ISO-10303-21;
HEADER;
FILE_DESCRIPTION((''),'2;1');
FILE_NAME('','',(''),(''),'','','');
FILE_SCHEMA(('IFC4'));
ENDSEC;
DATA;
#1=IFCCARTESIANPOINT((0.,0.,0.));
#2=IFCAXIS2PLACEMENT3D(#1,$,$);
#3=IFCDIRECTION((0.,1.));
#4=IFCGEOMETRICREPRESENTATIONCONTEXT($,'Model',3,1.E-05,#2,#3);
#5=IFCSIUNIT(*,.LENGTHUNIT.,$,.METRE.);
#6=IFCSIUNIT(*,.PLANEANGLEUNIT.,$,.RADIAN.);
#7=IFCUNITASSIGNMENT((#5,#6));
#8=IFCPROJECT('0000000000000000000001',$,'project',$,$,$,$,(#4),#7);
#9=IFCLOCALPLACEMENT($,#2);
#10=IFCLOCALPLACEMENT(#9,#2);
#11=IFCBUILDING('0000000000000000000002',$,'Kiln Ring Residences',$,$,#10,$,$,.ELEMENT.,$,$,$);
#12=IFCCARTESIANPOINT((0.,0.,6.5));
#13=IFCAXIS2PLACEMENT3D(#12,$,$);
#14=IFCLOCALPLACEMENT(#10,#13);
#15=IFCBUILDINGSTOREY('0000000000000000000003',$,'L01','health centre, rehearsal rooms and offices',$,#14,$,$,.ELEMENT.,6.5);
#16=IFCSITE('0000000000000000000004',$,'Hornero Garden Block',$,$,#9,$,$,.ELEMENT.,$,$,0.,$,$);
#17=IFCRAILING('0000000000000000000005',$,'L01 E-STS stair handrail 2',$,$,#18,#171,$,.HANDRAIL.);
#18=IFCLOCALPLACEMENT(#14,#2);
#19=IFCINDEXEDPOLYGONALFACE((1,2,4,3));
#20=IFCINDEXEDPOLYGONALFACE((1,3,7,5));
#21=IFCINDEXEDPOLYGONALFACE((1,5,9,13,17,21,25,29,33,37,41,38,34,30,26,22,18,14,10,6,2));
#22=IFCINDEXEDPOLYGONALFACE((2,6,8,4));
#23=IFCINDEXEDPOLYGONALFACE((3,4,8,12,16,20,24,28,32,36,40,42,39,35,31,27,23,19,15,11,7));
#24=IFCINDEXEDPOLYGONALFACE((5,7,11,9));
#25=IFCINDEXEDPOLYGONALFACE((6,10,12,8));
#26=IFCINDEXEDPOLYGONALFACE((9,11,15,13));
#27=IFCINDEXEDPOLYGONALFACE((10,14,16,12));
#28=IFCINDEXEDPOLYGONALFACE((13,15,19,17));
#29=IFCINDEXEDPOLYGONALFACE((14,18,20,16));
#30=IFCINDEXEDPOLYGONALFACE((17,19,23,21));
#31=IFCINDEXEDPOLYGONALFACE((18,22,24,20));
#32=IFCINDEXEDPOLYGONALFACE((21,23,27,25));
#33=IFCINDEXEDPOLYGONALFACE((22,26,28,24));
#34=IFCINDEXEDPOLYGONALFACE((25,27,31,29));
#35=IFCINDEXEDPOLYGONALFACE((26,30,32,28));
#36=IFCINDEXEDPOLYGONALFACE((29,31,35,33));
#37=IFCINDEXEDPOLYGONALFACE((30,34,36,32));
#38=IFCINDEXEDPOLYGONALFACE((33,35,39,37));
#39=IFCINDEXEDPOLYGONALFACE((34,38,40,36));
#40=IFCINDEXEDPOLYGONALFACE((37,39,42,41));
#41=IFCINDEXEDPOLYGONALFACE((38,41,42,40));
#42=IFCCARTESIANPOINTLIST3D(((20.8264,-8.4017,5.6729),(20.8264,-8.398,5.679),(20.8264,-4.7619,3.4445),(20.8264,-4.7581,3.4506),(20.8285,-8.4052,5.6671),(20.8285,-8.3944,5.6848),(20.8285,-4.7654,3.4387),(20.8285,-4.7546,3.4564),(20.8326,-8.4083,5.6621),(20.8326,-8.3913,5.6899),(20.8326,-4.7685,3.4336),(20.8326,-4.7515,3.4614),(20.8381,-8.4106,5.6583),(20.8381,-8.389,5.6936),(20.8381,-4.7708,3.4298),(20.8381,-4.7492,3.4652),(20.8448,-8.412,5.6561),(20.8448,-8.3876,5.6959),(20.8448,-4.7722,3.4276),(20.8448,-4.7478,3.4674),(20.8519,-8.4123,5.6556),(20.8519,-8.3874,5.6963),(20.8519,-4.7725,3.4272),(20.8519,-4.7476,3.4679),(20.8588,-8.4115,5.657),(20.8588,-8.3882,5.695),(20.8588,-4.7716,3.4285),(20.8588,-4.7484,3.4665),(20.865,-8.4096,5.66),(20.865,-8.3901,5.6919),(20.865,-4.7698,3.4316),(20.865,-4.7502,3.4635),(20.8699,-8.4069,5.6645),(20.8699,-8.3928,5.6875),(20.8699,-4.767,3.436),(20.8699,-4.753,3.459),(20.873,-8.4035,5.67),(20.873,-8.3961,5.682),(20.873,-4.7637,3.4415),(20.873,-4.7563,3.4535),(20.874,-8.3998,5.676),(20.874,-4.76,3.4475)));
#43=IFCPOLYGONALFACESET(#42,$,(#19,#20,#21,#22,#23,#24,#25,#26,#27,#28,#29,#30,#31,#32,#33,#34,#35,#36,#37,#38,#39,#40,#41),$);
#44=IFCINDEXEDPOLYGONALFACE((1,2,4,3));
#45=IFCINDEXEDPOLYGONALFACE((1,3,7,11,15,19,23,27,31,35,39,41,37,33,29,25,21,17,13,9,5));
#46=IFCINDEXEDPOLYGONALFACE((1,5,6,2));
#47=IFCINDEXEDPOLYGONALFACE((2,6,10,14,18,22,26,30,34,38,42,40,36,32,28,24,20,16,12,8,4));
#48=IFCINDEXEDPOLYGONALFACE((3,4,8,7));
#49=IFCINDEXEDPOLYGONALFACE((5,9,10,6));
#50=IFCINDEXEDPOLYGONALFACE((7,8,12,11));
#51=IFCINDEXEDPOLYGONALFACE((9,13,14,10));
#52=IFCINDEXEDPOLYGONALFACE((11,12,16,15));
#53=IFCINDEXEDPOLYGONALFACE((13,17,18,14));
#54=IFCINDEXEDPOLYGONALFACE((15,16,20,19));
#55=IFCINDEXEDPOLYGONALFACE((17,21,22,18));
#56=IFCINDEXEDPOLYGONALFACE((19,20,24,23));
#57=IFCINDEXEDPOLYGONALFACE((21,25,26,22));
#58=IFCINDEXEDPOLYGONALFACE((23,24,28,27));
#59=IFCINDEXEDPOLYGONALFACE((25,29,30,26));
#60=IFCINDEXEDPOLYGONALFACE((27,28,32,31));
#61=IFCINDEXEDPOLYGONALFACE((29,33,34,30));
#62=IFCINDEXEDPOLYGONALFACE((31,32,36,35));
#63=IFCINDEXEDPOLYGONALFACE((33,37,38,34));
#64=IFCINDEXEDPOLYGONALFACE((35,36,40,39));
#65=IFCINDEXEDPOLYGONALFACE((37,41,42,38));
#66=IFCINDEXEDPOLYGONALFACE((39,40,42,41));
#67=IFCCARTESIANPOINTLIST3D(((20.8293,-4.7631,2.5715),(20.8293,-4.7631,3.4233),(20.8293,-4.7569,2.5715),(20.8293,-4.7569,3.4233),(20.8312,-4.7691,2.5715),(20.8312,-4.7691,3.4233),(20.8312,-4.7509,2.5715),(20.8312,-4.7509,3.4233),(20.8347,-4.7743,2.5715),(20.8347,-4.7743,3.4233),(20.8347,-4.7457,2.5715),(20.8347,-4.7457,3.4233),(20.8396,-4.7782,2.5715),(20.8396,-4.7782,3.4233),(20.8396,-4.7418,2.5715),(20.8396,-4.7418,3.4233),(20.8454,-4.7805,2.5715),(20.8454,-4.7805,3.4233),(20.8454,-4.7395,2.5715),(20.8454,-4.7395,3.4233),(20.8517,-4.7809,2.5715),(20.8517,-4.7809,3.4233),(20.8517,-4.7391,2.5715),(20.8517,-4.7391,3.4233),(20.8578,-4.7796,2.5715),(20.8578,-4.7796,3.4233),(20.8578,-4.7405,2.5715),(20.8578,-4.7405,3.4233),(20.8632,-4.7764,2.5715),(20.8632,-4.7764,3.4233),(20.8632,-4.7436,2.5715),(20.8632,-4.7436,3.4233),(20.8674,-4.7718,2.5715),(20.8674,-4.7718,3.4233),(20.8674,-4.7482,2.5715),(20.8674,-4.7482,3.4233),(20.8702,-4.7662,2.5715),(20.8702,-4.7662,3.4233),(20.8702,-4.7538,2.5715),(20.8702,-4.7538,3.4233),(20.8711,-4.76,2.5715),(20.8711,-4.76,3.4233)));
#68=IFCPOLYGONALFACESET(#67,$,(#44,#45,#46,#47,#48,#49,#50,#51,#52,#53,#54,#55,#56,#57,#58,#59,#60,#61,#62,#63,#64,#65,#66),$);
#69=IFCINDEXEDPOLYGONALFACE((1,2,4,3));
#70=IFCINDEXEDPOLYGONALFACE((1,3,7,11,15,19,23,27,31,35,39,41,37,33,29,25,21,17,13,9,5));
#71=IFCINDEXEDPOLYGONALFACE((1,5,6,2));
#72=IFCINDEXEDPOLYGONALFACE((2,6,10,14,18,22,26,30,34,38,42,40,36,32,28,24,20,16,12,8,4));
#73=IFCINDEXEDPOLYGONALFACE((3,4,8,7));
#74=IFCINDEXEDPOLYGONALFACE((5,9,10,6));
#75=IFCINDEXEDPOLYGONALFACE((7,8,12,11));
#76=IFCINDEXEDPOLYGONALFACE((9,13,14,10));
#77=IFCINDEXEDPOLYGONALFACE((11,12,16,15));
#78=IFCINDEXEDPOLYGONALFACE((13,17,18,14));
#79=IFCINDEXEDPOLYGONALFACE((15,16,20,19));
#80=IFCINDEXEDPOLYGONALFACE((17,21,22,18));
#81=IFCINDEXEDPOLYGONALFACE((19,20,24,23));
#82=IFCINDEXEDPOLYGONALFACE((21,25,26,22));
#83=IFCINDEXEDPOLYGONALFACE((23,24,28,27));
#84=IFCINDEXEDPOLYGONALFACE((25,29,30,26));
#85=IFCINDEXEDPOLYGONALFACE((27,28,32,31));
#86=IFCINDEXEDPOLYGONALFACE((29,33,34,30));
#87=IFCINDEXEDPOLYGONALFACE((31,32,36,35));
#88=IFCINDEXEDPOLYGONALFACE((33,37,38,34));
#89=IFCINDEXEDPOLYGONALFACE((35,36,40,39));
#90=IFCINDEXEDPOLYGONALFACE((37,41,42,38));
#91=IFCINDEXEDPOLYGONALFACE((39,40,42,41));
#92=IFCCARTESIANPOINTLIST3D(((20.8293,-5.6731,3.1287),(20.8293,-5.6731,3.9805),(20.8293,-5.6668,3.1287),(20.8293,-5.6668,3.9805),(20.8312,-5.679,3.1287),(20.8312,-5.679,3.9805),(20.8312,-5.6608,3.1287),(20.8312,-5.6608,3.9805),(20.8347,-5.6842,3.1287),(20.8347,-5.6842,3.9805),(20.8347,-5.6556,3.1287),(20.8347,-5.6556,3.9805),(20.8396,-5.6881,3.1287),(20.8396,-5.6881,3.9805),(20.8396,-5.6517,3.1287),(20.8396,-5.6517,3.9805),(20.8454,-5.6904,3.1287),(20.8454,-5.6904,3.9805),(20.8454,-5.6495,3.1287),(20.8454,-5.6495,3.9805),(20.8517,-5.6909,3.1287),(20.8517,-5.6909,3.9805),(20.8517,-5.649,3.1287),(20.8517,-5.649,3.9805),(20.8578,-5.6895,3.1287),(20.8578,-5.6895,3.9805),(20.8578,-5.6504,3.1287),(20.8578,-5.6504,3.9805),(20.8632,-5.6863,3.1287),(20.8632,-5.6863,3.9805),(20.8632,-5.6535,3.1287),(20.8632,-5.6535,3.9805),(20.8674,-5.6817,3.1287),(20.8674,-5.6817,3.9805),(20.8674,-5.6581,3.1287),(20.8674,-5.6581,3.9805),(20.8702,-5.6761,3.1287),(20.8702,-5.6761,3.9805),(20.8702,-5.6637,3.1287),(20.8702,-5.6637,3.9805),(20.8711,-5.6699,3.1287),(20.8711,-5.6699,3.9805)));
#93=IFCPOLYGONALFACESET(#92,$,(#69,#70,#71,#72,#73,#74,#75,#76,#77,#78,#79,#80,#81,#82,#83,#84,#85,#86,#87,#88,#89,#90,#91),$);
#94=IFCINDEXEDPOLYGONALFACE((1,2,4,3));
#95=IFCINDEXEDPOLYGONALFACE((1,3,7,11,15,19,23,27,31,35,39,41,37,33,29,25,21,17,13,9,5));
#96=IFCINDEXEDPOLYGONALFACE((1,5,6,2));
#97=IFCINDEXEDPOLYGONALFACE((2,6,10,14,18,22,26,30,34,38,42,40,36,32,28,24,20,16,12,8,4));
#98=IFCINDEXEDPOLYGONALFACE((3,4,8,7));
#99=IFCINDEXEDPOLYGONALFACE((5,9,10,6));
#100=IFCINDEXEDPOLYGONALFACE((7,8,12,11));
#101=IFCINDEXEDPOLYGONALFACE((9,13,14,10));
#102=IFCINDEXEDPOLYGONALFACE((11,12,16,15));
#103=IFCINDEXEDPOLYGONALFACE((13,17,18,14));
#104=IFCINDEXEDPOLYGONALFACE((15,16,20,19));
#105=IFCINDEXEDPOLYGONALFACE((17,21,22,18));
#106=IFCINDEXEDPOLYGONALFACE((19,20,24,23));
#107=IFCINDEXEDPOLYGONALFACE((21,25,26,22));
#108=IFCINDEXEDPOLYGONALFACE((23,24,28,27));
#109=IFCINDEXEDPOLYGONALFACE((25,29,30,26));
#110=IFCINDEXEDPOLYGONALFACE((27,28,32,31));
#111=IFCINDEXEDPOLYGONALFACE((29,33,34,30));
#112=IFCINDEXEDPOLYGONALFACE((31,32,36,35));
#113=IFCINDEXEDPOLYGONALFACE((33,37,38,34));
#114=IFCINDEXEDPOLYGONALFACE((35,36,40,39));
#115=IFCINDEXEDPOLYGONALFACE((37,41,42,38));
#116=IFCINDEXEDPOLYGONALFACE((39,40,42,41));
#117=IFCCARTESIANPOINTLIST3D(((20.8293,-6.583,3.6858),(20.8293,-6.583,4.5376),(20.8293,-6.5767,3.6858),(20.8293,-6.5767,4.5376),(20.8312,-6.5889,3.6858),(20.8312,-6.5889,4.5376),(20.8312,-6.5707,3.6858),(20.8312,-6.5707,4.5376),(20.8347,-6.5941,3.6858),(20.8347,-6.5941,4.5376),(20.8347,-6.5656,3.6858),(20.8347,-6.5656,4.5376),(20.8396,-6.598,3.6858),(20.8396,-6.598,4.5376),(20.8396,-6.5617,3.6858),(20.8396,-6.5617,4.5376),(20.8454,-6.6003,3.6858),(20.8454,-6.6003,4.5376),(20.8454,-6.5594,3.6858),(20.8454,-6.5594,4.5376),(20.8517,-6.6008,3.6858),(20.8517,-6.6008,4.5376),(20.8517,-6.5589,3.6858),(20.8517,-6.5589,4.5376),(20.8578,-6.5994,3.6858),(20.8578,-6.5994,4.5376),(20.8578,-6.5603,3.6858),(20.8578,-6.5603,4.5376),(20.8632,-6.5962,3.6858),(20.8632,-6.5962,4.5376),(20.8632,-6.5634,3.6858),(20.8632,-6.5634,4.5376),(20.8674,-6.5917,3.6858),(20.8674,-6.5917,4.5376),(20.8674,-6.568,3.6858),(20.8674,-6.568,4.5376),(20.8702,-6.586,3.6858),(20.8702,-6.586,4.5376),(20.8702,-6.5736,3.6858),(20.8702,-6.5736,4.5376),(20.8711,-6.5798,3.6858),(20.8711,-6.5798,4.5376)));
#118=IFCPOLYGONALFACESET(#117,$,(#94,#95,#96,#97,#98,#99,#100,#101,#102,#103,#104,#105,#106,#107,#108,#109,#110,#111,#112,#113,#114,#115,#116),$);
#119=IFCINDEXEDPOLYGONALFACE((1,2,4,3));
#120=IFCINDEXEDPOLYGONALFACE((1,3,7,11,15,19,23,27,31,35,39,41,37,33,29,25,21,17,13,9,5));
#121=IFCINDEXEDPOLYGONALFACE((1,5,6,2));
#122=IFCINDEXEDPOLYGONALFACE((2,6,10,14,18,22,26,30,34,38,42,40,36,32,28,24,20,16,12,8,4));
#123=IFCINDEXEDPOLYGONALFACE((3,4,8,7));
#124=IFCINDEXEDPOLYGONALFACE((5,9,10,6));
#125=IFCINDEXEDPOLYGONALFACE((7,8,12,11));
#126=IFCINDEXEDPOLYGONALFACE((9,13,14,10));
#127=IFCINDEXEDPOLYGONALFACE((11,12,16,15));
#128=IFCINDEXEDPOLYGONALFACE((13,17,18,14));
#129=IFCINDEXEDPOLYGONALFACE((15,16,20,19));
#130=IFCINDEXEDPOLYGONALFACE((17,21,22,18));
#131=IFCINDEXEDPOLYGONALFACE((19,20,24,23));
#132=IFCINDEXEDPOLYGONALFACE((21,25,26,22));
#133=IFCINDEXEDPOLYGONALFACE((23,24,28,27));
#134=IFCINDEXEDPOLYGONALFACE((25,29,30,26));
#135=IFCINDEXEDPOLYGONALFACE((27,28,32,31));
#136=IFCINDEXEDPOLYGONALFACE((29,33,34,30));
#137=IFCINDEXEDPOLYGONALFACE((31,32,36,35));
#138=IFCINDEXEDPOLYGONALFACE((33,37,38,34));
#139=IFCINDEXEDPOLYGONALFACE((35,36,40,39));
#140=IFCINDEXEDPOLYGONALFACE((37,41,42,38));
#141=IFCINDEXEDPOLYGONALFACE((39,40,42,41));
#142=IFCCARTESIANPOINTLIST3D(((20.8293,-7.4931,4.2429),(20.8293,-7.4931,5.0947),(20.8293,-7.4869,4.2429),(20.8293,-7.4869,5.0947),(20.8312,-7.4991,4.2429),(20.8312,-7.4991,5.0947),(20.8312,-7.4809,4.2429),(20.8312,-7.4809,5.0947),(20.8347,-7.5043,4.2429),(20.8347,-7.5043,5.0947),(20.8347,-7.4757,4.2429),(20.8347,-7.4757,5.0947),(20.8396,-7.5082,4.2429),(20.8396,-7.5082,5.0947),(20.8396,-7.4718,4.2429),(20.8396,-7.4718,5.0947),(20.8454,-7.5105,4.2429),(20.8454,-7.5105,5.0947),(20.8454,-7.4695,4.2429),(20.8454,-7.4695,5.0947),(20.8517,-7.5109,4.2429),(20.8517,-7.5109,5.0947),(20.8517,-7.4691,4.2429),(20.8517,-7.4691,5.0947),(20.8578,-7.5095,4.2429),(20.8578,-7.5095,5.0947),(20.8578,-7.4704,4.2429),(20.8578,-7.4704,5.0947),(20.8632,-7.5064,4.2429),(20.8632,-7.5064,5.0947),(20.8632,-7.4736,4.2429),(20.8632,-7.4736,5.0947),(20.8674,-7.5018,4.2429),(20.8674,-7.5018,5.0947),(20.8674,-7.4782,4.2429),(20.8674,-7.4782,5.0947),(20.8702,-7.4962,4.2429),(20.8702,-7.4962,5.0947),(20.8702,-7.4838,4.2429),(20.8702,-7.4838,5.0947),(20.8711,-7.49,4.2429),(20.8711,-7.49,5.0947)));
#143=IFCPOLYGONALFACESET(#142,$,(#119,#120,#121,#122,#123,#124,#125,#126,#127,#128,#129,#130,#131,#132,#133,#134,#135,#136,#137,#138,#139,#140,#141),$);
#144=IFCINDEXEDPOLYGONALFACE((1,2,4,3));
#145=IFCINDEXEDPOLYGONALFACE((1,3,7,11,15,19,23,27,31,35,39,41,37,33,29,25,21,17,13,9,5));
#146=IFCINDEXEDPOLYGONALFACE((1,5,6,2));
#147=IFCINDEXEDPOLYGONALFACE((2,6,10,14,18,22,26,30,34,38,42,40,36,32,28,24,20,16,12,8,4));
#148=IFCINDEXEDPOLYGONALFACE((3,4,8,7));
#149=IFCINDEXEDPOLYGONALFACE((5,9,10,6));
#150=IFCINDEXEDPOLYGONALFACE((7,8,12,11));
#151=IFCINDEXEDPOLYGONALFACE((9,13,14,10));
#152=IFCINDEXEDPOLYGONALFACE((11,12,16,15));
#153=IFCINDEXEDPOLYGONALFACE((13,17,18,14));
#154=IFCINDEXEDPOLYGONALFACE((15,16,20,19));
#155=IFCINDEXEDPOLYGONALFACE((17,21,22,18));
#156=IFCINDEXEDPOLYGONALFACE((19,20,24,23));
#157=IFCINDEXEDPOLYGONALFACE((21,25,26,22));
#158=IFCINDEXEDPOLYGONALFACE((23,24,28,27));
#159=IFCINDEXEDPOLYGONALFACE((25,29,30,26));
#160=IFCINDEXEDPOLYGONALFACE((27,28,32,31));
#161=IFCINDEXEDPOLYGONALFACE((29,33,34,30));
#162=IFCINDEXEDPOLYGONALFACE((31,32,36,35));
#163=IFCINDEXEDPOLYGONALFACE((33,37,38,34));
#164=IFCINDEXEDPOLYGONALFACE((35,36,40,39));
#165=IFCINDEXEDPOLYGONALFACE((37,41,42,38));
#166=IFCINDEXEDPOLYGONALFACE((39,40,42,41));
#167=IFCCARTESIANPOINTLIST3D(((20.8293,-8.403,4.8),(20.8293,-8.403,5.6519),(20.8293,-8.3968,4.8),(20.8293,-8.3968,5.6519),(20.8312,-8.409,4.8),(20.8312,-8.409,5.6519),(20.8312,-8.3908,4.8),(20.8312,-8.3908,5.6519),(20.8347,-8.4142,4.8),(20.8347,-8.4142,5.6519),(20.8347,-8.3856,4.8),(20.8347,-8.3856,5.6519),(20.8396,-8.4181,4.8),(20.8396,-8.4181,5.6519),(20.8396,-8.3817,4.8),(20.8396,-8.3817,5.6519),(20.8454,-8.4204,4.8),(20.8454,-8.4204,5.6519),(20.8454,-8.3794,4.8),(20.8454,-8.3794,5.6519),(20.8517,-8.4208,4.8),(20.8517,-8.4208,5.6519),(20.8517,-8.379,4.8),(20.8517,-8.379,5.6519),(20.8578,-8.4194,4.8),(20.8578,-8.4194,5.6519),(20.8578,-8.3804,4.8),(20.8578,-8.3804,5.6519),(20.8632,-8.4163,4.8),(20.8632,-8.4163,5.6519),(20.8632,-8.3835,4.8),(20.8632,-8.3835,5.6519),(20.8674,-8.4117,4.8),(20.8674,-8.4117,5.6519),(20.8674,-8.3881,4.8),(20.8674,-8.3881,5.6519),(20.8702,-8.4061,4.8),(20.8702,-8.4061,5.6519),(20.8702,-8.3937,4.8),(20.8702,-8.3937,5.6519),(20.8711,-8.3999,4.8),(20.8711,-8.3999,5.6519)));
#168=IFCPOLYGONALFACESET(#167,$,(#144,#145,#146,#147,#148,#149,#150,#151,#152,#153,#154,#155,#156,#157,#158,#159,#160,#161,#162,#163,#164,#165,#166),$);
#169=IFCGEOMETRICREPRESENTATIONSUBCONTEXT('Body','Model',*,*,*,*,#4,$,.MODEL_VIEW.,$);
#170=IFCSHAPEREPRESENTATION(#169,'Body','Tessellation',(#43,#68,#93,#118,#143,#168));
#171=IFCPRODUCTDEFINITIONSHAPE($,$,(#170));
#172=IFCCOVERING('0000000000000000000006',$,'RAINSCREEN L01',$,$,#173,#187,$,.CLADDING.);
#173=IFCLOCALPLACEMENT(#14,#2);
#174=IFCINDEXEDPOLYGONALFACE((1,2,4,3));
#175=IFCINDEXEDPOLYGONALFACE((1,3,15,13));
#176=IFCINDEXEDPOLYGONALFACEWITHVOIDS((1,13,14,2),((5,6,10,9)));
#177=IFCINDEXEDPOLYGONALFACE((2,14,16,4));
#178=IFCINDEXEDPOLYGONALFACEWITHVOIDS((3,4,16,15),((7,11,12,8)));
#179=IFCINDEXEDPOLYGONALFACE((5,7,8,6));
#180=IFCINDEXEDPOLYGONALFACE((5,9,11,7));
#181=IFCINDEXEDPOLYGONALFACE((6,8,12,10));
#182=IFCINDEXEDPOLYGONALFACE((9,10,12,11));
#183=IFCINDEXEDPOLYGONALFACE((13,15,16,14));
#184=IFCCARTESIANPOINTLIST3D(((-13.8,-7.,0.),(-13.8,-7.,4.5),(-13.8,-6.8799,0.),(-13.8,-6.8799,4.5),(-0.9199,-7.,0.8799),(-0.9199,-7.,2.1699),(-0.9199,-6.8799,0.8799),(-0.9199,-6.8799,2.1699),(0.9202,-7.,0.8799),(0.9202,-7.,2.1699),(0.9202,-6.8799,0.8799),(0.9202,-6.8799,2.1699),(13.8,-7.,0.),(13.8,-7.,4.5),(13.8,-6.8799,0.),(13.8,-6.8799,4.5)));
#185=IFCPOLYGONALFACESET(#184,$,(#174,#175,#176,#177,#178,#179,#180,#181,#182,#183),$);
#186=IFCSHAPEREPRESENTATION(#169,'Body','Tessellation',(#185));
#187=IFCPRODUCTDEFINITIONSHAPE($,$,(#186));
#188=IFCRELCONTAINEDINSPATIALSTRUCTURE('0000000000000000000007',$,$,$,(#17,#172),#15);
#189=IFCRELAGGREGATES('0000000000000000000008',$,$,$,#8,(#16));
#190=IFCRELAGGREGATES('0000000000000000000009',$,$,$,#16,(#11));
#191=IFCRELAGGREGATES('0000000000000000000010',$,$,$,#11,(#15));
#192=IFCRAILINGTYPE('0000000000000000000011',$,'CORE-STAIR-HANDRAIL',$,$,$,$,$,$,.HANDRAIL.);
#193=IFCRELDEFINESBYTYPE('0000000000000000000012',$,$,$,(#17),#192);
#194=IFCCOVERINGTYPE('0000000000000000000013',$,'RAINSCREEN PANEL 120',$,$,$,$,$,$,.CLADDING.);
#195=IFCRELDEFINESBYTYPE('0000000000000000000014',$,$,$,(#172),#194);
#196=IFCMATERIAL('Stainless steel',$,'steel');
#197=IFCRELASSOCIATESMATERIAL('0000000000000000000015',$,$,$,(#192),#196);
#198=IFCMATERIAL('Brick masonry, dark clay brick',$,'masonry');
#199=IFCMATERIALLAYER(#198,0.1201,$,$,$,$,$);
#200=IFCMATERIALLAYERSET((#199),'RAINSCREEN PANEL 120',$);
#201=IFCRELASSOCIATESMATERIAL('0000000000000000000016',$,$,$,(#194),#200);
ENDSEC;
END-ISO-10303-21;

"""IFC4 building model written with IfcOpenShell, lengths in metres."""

from ifc_helpers import new_model, si_unit, direction, frame, origin, origin_2d, place, context, subcontext, project, spatial, polyline, circle, outline, extrude, material, layer, layer_set, type_object, element, save


model = new_model("IFC4")

# Units and contexts
model_context = context("Model", 3, precision=1e-05, world=origin(), true_north=direction((0.0, 1.0)))
body_context = subcontext(model_context, "Body", "Model", "MODEL_VIEW")
ifc_project = project(units=[si_unit("LENGTHUNIT", "METRE"), si_unit("PLANEANGLEUNIT", "RADIAN")], contexts=[model_context])

# Site, building, storey
site_placement = place(None, origin())
site = spatial("IfcSite", under=ifc_project, at=site_placement, Name="Hornero Garden Block", CompositionType="ELEMENT", RefElevation=0.0)
building_placement = place(site_placement, origin())
building = spatial("IfcBuilding", under=site, at=building_placement, Name="Kiln Ring Residences", CompositionType="ELEMENT")
storey_placement = place(building_placement, frame((0.0, 0.0, 6.5)))
storey = spatial("IfcBuildingStorey", under=building, at=storey_placement, Name="L01", Description="health centre, rehearsal rooms and offices", CompositionType="ELEMENT", Elevation=6.5)

# Railing
ifc_material_1 = material(Name="Stainless steel", Category="steel")
railing_type_1 = type_object("IfcRailingType", Name="CORE-STAIR-HANDRAIL", PredefinedType="HANDRAIL", material=ifc_material_1)
railing_1_placement = place(storey_placement, frame((20.8501, -4.76, 2.5715)))
element("IfcRailing", 1, at=railing_1_placement, inside=storey, type_object=railing_type_1, Name="L01 E-STS stair handrail 2", PredefinedType="HANDRAIL", context=body_context, shape_type="SweptSolid", body=[
    extrude(circle(Radius=0.0239, at=origin_2d()), frame((0.0, 0.0, 0.876), z_axis=(0.0, -0.85285, 0.522156), x_axis=(1.0, 0.0, 0.0)), (0.0, 0.0, 1.0), 4.2678),
    extrude(circle(Radius=0.021, at=origin_2d()), origin(), (0.0, 0.0, 1.0), 0.8518),
    extrude(circle(Radius=0.021, at=origin_2d()), frame((0.0, -0.9099, 0.5571)), (0.0, 0.0, 1.0), 0.8518),
    extrude(circle(Radius=0.021, at=origin_2d()), frame((0.0, -1.8198, 1.1143)), (0.0, 0.0, 1.0), 0.8518),
    extrude(circle(Radius=0.021, at=origin_2d()), frame((0.0, -2.73, 1.6714)), (0.0, 0.0, 1.0), 0.8518),
    extrude(circle(Radius=0.021, at=origin_2d()), frame((0.0, -3.6399, 2.2285)), (0.0, 0.0, 1.0), 0.8518),
])

# Covering
ifc_material_2 = material(Name="Brick masonry, dark clay brick", Category="masonry")
ifc_layer_1 = layer(ifc_material_2, 0.1201)
ifc_layer_set_1 = layer_set([ifc_layer_1], Name="RAINSCREEN PANEL 120")
covering_type = type_object("IfcCoveringType", Name="RAINSCREEN PANEL 120", PredefinedType="CLADDING", material=ifc_layer_set_1)
covering_placement = place(storey_placement, frame((13.8, -6.9399, 0.0), z_axis=(0.0, 0.0, 1.0), x_axis=(-1.0, 0.0, 0.0)))
element("IfcCovering", 2, at=covering_placement, inside=storey, type_object=covering_type, Name="RAINSCREEN L01", PredefinedType="CLADDING", context=body_context, shape_type="SweptSolid", body=[
    extrude(outline(polyline([(0.0, 0.0), (27.6001, 0.0), (27.6001, 4.5), (0.0, 4.5), (0.0, 0.0)]), holes=[polyline([(12.8799, 2.1699), (12.8799, 0.8799), (14.72, 0.8799), (14.72, 2.1699), (12.8799, 2.1699)])]), frame((0.0, 0.0601, 0.0), z_axis=(0.0, -1.0, 0.0), x_axis=(1.0, 0.0, 0.0)), (0.0, 0.0, 1.0), 0.1201),
])

save(model, "model.ifc")
